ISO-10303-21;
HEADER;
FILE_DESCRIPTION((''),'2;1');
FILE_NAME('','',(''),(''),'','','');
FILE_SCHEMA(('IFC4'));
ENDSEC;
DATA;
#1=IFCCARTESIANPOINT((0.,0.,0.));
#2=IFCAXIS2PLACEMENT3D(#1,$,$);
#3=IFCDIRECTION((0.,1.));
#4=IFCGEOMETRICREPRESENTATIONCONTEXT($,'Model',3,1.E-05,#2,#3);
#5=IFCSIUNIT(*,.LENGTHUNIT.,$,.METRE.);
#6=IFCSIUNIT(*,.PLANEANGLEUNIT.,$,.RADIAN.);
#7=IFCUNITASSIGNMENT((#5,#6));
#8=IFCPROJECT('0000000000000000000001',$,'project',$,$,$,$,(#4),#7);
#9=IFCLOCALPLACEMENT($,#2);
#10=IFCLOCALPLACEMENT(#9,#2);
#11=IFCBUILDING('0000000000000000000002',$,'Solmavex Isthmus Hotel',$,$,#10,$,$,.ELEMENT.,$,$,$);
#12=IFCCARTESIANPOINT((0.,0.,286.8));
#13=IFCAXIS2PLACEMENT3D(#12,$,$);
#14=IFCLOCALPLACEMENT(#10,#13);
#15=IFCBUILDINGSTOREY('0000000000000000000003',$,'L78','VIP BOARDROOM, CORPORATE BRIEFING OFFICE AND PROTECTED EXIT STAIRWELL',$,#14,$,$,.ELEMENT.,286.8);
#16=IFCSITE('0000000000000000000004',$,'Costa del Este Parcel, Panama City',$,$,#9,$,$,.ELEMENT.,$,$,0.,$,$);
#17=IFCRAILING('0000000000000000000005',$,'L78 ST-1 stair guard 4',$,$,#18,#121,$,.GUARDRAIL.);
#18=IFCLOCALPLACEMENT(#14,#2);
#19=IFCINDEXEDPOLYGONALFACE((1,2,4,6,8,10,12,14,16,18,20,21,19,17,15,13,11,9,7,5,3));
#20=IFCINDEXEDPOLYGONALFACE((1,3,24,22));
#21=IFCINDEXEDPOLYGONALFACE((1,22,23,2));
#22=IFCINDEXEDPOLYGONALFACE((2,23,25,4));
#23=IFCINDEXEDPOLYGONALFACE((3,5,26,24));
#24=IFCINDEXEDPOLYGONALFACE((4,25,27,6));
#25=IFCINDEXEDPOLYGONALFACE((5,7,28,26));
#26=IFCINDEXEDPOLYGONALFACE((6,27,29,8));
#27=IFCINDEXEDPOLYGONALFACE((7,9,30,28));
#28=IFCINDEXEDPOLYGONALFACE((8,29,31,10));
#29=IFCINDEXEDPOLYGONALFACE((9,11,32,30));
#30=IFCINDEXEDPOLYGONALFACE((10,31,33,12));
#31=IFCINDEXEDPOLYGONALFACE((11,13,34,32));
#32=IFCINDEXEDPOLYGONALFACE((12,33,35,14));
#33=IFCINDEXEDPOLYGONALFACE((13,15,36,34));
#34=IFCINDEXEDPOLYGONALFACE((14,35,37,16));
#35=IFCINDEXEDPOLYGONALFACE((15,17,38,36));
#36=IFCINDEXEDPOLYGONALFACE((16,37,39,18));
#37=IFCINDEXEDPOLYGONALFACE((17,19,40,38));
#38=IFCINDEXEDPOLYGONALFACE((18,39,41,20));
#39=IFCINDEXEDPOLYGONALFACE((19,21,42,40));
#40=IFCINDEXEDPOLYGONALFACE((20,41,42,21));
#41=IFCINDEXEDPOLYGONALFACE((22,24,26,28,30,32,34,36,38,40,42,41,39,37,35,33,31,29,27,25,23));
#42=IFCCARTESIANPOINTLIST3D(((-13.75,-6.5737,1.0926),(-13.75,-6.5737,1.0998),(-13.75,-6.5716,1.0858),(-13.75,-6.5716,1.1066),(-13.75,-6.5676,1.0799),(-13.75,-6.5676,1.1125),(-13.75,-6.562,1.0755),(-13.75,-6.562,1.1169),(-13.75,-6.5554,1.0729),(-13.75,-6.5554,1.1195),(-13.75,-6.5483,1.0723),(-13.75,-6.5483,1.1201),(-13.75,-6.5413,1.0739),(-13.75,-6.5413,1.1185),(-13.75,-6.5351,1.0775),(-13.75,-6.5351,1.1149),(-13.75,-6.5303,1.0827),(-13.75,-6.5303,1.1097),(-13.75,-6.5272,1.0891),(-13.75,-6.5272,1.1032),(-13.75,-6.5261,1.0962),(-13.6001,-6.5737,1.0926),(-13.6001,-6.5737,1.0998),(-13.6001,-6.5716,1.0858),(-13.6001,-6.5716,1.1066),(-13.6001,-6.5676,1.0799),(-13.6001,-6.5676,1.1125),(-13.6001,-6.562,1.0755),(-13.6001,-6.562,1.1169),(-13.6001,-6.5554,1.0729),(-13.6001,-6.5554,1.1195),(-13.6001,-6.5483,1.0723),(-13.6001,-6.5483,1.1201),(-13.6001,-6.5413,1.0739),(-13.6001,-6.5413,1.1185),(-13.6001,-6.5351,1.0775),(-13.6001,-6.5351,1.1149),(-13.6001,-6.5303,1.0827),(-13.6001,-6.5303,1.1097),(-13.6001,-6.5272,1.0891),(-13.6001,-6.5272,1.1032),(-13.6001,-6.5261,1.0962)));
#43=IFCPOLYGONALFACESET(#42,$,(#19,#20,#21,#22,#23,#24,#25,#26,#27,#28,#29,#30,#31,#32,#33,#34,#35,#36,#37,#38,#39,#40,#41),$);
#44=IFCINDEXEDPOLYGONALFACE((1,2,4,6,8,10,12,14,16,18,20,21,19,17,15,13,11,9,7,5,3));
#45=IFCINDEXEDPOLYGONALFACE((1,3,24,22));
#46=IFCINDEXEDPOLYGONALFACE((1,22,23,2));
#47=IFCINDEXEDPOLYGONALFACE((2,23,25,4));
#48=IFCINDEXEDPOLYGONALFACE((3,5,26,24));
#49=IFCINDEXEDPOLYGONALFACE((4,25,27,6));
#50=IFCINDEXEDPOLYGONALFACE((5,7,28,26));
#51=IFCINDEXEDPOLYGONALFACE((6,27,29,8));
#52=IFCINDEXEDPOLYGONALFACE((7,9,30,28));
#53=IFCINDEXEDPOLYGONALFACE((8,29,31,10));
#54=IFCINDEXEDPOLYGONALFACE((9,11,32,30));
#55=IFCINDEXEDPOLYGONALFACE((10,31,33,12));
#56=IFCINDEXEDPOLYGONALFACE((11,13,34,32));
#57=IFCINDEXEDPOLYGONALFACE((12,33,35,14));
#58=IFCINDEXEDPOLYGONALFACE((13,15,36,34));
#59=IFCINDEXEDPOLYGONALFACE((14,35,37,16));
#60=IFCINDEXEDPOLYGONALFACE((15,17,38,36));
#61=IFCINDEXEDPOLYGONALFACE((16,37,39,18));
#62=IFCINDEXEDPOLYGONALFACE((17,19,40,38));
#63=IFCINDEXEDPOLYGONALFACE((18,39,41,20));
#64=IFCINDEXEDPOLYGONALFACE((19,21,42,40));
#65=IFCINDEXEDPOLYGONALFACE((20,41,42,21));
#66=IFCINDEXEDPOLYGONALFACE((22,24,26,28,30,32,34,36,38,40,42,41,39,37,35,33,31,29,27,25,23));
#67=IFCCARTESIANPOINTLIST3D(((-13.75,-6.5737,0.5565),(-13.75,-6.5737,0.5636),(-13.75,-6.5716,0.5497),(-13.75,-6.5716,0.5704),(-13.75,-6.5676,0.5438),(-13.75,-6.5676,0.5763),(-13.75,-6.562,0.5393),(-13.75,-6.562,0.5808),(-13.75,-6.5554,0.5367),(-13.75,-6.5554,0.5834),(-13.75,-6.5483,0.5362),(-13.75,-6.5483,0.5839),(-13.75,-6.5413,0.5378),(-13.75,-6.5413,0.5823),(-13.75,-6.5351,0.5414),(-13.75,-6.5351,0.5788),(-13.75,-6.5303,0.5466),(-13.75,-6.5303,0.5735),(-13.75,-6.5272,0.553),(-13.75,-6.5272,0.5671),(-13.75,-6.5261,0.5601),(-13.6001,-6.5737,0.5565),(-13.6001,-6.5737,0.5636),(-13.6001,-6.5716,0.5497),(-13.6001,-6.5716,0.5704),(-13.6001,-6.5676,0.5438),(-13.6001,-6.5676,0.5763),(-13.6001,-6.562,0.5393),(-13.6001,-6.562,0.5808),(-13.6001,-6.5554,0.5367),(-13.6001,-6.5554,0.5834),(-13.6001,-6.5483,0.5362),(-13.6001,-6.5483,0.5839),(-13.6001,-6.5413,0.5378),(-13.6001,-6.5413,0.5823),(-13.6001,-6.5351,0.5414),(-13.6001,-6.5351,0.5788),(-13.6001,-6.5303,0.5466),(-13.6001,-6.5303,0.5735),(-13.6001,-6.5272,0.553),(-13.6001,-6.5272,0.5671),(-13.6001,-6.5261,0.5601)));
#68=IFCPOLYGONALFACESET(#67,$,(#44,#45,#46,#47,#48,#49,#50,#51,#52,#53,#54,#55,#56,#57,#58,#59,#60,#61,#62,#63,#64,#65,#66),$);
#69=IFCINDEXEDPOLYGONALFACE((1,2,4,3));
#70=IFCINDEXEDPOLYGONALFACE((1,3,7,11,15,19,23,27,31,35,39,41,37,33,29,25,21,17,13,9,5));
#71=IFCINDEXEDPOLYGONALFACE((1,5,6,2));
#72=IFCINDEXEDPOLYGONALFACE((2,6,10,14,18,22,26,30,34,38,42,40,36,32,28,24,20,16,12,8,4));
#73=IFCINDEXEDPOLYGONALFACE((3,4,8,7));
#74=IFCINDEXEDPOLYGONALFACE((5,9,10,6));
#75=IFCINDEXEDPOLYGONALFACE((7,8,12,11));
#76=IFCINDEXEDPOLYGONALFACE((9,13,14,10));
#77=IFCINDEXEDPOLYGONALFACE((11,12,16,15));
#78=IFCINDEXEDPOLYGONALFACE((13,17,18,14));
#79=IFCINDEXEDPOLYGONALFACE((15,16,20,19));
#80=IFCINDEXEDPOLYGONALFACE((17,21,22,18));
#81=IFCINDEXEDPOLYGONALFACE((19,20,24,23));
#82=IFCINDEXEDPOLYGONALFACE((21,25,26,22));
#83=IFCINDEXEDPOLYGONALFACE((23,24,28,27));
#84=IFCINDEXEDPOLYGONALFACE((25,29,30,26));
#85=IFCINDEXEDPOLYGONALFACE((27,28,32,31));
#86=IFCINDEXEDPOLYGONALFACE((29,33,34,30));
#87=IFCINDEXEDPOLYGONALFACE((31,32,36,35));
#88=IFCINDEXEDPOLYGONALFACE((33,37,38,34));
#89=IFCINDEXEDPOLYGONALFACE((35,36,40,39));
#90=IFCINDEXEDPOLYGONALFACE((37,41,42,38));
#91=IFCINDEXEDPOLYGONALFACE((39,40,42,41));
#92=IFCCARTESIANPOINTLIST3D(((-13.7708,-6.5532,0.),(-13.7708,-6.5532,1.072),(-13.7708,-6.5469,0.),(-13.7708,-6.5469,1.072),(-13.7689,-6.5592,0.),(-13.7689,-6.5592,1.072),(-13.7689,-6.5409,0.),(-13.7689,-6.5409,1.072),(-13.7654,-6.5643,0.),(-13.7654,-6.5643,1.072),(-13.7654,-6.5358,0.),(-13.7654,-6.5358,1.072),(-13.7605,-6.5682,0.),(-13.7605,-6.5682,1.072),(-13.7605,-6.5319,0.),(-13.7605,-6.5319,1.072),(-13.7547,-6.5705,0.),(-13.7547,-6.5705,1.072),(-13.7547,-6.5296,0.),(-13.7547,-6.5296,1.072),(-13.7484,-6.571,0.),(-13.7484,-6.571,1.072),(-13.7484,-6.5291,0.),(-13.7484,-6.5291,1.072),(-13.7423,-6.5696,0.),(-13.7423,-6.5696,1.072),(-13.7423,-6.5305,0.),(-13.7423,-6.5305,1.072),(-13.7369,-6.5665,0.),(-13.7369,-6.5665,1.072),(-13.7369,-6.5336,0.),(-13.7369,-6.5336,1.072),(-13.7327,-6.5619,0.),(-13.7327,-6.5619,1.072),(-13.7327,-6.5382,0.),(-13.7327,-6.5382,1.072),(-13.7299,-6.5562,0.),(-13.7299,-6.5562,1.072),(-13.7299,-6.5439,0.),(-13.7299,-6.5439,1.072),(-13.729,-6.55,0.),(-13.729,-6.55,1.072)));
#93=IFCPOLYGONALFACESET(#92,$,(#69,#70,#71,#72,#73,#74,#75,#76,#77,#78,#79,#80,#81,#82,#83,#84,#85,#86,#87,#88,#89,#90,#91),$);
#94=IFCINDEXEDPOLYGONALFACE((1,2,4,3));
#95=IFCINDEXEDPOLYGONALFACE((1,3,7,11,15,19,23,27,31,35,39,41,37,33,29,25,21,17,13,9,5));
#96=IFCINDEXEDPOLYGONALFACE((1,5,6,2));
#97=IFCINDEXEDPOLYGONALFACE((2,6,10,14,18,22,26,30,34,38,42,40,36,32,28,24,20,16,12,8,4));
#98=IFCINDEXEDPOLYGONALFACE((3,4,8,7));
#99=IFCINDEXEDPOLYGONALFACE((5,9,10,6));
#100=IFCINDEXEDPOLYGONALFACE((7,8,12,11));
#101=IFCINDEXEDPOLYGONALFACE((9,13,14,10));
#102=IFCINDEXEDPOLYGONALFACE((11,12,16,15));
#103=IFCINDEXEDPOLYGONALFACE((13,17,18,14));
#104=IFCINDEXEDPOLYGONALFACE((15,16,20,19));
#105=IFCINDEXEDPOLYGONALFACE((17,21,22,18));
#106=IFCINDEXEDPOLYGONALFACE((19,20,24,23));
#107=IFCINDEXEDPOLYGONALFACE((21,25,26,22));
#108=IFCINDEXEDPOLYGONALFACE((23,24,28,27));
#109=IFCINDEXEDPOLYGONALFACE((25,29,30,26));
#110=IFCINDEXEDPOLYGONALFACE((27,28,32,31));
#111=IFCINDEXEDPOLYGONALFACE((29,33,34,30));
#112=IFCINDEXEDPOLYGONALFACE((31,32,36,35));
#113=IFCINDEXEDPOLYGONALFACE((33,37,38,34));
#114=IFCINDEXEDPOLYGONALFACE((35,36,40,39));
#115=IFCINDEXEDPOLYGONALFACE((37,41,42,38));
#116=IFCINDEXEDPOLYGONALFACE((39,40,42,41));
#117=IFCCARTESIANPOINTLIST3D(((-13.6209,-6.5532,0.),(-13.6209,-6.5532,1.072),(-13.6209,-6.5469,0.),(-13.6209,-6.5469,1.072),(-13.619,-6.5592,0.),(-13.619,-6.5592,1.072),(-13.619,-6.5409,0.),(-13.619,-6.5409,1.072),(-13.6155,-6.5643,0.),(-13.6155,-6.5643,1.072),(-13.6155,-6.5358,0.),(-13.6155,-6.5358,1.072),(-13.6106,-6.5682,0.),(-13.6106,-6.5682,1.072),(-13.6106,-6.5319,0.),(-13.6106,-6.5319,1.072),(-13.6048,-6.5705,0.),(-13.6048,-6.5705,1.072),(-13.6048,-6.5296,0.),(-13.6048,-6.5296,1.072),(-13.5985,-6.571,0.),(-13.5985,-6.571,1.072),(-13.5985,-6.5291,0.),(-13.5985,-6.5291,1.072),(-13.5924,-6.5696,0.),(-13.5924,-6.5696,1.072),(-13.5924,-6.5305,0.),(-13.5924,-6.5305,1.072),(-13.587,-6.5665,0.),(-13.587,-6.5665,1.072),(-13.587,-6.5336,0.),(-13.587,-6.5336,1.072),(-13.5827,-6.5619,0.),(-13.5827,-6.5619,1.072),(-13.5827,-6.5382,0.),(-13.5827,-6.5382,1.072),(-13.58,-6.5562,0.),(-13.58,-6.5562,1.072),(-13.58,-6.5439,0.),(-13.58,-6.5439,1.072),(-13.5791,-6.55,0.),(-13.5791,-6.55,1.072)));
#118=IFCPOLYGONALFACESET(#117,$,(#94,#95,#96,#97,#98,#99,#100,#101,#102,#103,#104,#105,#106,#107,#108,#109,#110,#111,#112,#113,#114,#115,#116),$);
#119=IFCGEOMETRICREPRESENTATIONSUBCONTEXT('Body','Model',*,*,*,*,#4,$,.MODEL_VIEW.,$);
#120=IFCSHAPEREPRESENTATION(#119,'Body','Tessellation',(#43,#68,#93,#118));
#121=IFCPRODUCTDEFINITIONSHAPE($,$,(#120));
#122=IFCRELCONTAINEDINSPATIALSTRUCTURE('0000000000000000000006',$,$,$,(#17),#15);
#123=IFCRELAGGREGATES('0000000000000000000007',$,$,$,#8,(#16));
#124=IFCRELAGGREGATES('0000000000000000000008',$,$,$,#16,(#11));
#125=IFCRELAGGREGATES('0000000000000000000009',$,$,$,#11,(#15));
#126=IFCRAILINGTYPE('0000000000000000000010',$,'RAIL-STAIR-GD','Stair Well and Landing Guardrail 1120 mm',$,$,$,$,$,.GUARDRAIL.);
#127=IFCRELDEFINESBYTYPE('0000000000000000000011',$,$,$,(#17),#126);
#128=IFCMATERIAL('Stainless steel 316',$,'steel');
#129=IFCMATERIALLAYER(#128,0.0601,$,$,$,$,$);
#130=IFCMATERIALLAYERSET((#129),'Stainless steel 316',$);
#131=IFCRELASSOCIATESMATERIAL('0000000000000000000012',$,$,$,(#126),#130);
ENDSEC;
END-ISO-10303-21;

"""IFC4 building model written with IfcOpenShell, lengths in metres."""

from ifc_helpers import new_model, si_unit, direction, frame, origin, origin_2d, place, context, subcontext, project, spatial, circle, extrude, material, layer, layer_set, type_object, element, save


model = new_model("IFC4")

# Units and contexts
model_context = context("Model", 3, precision=1e-05, world=origin(), true_north=direction((0.0, 1.0)))
body_context = subcontext(model_context, "Body", "Model", "MODEL_VIEW")
ifc_project = project(units=[si_unit("LENGTHUNIT", "METRE"), si_unit("PLANEANGLEUNIT", "RADIAN")], contexts=[model_context])

# Site, building, storey
site_placement = place(None, origin())
site = spatial("IfcSite", under=ifc_project, at=site_placement, Name="Costa del Este Parcel, Panama City", CompositionType="ELEMENT", RefElevation=0.0)
building_placement = place(site_placement, origin())
building = spatial("IfcBuilding", under=site, at=building_placement, Name="Solmavex Isthmus Hotel", CompositionType="ELEMENT")
storey_placement = place(building_placement, frame((0.0, 0.0, 286.8)))
storey = spatial("IfcBuildingStorey", under=building, at=storey_placement, Name="L78", Description="VIP BOARDROOM, CORPORATE BRIEFING OFFICE AND PROTECTED EXIT STAIRWELL", CompositionType="ELEMENT", Elevation=286.8)

# Shared definitions
ifc_material_1 = material(Name="Stainless steel 316", Category="steel")

# Railing
ifc_layer_1 = layer(ifc_material_1, 0.0601)
ifc_layer_set_1 = layer_set([ifc_layer_1], Name="Stainless steel 316")
railing_type_1 = type_object("IfcRailingType", Name="RAIL-STAIR-GD", Description="Stair Well and Landing Guardrail 1120 mm", PredefinedType="GUARDRAIL", material=ifc_layer_set_1)
railing_1_placement = place(storey_placement, frame((-13.75, -6.55, 0.0)))
element("IfcRailing", 1, at=railing_1_placement, inside=storey, type_object=railing_type_1, Name="L78 ST-1 stair guard 4", PredefinedType="GUARDRAIL", context=body_context, shape_type="SweptSolid", body=[
    extrude(circle(Radius=0.0239, at=origin_2d()), frame((0.0, 0.0, 1.0962), z_axis=(1.0, 0.0, 0.0), x_axis=(0.0, 1.0, 0.0)), (0.0, 0.0, 1.0), 0.1499),
    extrude(circle(Radius=0.0239, at=origin_2d()), frame((0.0, 0.0, 0.5601), z_axis=(1.0, 0.0, 0.0), x_axis=(0.0, 1.0, 0.0)), (0.0, 0.0, 1.0), 0.1499),
    extrude(circle(Radius=0.021, at=origin_2d()), origin(), (0.0, 0.0, 1.0), 1.072),
    extrude(circle(Radius=0.021, at=origin_2d()), frame((0.1499, 0.0, 0.0)), (0.0, 0.0, 1.0), 1.072),
])

save(model, "model.ifc")
